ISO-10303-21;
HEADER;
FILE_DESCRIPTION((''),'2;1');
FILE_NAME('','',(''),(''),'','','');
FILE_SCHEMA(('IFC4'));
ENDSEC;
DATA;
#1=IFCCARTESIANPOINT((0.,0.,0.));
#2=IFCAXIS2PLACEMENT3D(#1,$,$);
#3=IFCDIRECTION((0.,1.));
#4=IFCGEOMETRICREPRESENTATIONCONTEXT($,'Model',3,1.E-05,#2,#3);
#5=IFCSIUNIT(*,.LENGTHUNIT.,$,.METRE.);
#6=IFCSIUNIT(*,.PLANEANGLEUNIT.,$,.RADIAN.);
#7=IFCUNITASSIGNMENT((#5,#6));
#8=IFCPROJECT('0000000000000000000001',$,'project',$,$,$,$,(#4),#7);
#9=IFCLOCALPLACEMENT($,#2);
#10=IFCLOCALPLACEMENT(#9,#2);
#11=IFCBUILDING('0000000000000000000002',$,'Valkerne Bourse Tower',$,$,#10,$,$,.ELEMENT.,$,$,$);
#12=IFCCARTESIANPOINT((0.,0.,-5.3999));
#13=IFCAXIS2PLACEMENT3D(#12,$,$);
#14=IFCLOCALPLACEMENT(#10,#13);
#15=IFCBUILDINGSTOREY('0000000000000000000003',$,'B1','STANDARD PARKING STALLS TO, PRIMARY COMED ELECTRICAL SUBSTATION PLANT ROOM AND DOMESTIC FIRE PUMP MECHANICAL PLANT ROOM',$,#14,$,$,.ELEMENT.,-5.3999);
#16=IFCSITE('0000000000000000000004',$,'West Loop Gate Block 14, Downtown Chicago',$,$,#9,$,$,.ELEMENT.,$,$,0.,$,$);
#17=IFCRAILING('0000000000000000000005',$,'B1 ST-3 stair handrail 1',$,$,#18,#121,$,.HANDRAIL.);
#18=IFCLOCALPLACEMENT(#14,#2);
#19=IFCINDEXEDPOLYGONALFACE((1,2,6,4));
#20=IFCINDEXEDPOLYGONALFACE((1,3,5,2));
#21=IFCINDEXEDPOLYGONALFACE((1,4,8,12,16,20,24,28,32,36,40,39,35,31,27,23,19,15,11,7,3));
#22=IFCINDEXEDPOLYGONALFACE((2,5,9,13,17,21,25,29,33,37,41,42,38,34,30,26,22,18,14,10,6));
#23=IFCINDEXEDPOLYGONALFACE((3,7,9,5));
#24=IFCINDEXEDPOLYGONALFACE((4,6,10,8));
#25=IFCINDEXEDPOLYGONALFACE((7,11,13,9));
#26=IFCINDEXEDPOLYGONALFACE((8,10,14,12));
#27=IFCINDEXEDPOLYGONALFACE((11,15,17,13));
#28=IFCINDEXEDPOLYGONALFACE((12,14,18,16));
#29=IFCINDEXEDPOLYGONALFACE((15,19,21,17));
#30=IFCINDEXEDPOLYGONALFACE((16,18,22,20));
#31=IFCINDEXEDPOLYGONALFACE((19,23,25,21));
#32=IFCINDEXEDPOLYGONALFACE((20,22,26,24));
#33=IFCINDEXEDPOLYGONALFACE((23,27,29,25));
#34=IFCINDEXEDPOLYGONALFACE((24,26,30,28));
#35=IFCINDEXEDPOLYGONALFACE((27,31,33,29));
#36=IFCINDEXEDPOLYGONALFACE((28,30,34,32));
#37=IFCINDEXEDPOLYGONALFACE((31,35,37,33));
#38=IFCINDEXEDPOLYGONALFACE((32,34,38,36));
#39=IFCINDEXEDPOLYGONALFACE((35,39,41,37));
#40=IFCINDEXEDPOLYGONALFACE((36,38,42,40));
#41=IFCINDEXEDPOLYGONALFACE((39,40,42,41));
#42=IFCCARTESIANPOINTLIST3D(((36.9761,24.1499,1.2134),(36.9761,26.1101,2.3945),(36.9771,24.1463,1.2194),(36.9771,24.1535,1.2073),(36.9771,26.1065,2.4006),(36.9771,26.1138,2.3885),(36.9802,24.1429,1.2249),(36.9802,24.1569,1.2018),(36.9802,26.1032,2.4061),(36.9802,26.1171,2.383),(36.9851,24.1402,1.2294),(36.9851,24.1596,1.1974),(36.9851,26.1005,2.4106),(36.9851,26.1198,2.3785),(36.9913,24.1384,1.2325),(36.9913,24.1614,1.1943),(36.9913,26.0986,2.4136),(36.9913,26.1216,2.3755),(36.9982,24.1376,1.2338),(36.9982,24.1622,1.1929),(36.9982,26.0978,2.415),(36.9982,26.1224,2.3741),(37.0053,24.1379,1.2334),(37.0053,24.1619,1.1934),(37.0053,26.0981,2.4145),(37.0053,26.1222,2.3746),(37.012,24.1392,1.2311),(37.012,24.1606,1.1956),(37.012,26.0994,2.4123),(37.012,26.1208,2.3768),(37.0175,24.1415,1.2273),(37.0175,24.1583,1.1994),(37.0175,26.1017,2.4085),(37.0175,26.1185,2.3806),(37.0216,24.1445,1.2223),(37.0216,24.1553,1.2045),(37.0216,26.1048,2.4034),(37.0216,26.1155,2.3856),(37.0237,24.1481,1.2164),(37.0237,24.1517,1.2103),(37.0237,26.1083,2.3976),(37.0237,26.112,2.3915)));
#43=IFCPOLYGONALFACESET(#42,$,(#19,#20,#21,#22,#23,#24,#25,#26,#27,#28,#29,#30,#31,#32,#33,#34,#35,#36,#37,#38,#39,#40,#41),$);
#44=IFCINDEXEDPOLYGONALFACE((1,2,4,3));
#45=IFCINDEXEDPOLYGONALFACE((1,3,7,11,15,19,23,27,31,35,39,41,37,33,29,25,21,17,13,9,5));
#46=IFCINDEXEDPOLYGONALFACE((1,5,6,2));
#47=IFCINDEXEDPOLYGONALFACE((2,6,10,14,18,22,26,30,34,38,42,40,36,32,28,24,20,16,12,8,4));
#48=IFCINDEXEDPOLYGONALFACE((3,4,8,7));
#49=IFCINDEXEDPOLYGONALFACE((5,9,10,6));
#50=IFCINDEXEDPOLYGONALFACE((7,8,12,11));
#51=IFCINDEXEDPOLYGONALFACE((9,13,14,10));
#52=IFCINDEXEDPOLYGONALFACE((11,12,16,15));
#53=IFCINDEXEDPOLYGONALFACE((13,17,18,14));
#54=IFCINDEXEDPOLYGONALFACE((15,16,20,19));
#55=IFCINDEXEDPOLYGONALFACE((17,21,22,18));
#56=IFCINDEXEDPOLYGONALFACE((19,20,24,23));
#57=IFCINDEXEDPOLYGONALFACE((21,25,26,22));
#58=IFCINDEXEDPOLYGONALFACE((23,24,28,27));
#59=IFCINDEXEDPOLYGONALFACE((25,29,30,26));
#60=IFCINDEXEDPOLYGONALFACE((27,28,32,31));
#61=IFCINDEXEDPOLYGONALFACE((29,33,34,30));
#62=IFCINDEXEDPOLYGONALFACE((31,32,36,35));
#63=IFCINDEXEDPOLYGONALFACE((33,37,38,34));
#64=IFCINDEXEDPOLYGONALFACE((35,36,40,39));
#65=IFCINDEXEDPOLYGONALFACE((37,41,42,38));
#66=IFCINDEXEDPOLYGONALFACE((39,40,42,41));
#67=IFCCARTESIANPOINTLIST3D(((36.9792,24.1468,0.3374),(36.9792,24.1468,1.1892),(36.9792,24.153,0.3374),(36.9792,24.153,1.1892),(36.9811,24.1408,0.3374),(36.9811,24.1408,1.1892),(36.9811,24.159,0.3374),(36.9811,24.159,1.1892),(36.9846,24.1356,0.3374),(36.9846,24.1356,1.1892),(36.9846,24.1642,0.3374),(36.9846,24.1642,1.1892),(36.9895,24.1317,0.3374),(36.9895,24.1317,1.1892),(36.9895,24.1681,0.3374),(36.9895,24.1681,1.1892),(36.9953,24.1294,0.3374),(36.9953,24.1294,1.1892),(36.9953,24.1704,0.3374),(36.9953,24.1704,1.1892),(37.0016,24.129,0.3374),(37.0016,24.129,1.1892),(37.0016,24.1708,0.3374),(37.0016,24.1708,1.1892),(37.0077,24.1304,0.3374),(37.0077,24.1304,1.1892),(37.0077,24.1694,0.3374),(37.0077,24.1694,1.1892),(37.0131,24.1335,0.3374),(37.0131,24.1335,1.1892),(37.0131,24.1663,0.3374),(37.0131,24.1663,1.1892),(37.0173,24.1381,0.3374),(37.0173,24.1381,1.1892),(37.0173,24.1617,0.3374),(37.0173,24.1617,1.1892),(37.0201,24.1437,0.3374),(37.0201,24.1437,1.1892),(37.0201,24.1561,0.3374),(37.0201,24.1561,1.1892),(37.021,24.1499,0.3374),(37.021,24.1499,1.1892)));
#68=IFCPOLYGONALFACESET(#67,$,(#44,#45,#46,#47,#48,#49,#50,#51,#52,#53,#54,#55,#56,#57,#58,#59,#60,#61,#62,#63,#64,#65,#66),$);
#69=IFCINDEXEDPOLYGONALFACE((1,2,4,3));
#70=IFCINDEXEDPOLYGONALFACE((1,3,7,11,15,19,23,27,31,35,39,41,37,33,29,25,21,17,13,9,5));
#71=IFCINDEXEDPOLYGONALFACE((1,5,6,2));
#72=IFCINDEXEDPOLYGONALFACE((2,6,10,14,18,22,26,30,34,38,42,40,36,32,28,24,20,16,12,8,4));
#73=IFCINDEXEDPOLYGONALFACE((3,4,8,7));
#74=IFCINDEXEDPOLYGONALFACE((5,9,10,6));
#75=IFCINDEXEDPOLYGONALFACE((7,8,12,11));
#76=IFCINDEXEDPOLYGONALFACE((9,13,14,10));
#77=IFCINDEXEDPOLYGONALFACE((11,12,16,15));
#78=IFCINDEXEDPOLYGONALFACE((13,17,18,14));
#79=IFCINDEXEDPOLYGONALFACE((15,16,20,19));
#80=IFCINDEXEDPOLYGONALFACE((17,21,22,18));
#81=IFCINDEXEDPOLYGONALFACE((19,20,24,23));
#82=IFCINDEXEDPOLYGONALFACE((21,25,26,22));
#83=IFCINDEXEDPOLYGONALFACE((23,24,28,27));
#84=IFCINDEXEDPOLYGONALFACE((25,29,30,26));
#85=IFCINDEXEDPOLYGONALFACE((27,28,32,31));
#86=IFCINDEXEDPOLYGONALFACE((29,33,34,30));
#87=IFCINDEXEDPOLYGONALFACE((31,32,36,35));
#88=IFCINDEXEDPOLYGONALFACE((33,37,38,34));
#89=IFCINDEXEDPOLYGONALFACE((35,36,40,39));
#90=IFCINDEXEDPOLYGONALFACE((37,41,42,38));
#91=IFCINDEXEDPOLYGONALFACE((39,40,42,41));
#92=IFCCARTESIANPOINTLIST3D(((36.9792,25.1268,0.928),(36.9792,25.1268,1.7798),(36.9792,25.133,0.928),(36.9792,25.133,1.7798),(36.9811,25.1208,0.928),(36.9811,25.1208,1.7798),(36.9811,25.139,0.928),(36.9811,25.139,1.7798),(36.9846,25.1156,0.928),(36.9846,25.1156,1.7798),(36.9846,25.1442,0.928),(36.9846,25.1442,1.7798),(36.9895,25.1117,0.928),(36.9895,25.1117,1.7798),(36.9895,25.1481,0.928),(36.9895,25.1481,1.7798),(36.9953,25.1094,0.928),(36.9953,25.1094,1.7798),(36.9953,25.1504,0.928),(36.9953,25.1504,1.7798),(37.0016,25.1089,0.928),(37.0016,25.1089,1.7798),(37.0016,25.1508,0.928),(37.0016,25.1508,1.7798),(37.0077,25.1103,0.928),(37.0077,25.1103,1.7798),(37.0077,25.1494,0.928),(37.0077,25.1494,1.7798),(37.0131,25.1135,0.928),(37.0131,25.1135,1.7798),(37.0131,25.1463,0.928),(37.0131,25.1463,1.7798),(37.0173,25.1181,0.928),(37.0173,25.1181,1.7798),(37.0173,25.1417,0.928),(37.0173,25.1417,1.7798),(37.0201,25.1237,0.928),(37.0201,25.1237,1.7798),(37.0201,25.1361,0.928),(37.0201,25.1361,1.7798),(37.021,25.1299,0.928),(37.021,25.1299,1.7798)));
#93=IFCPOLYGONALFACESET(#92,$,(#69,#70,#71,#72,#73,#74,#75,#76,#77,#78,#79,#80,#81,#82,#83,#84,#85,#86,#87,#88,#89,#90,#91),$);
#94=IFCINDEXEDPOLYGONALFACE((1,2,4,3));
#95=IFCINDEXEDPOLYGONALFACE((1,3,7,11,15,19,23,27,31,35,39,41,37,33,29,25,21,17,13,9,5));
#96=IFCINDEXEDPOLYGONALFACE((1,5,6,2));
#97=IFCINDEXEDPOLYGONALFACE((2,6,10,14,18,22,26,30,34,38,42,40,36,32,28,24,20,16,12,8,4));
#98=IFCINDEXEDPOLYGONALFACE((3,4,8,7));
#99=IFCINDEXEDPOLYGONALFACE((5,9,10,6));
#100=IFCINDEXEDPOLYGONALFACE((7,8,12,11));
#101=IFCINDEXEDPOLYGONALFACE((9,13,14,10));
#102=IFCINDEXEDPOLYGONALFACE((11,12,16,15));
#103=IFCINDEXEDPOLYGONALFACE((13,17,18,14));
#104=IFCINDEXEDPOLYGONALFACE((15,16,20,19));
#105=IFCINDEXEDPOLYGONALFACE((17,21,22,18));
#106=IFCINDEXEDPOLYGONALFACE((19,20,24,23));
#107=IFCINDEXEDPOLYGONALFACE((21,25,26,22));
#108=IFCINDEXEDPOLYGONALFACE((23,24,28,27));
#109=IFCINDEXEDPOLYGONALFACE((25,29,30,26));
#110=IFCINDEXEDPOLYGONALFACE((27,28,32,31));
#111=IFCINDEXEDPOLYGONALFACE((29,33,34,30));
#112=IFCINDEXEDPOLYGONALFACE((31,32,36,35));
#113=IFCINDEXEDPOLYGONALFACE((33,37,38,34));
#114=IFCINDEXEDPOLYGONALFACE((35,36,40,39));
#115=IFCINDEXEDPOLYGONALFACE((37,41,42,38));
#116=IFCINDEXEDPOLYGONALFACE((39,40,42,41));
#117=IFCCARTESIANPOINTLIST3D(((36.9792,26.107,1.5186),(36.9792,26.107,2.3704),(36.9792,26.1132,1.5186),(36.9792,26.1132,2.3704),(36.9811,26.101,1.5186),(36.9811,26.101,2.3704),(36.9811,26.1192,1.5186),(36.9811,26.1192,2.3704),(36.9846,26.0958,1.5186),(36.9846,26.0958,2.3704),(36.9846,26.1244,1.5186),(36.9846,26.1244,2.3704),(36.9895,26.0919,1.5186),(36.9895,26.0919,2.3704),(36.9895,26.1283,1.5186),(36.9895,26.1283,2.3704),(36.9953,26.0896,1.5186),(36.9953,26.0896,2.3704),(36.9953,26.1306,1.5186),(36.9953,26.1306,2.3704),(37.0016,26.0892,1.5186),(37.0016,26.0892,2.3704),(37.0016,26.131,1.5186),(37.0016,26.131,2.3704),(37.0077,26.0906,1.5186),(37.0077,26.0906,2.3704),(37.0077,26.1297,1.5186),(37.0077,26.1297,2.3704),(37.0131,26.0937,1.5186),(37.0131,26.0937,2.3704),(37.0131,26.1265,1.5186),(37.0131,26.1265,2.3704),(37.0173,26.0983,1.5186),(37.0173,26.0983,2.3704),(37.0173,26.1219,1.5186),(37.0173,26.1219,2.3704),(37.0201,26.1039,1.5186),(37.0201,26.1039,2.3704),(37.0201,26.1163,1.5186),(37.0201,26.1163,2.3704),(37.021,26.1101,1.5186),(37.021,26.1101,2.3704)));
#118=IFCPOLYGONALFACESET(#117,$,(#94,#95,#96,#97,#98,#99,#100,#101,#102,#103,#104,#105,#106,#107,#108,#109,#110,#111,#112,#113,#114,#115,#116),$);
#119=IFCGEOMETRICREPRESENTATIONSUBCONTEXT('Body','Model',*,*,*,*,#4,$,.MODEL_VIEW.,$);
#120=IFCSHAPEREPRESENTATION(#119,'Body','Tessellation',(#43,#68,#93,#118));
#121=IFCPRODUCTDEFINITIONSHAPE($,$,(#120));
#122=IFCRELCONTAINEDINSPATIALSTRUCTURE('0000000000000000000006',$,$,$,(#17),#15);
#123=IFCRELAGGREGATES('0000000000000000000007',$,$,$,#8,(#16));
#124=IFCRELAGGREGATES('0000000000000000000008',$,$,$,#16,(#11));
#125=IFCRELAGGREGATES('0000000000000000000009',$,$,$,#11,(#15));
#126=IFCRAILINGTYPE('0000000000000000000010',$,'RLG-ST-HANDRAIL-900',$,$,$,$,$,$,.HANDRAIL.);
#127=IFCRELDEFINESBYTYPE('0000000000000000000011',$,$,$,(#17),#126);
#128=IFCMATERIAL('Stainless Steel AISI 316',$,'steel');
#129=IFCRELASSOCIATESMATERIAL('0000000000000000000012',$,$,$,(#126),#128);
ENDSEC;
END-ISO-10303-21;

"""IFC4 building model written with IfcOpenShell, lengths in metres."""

from ifc_helpers import new_model, si_unit, direction, frame, origin, origin_2d, place, context, subcontext, project, spatial, circle, extrude, material, type_object, element, save


model = new_model("IFC4")

# Units and contexts
model_context = context("Model", 3, precision=1e-05, world=origin(), true_north=direction((0.0, 1.0)))
body_context = subcontext(model_context, "Body", "Model", "MODEL_VIEW")
ifc_project = project(units=[si_unit("LENGTHUNIT", "METRE"), si_unit("PLANEANGLEUNIT", "RADIAN")], contexts=[model_context])

# Site, building, storey
site_placement = place(None, origin())
site = spatial("IfcSite", under=ifc_project, at=site_placement, Name="West Loop Gate Block 14, Downtown Chicago", CompositionType="ELEMENT", RefElevation=0.0)
building_placement = place(site_placement, origin())
building = spatial("IfcBuilding", under=site, at=building_placement, Name="Valkerne Bourse Tower", CompositionType="ELEMENT")
storey_placement = place(building_placement, frame((0.0, 0.0, -5.3999)))
storey = spatial("IfcBuildingStorey", under=building, at=storey_placement, Name="B1", Description="STANDARD PARKING STALLS TO, PRIMARY COMED ELECTRICAL SUBSTATION PLANT ROOM AND DOMESTIC FIRE PUMP MECHANICAL PLANT ROOM", CompositionType="ELEMENT", Elevation=-5.3999)

# Shared definitions
ifc_material_1 = material(Name="Stainless Steel AISI 316", Category="steel")

# Railing
railing_type_1 = type_object("IfcRailingType", Name="RLG-ST-HANDRAIL-900", PredefinedType="HANDRAIL", material=ifc_material_1)
railing_1_placement = place(storey_placement, frame((37.0, 24.1499, 0.3374)))
element("IfcRailing", 1, at=railing_1_placement, inside=storey, type_object=railing_type_1, Name="B1 ST-3 stair handrail 1", PredefinedType="HANDRAIL", context=body_context, shape_type="SweptSolid", body=[
    extrude(circle(Radius=0.0239, at=origin_2d()), frame((0.0, 0.0, 0.876), z_axis=(0.0, 0.856522, 0.516111), x_axis=(-1.0, 0.0, 0.0)), (0.0, 0.0, 1.0), 2.2886),
    extrude(circle(Radius=0.021, at=origin_2d()), origin(), (0.0, 0.0, 1.0), 0.8518),
    extrude(circle(Radius=0.021, at=origin_2d()), frame((0.0, 0.98, 0.5906)), (0.0, 0.0, 1.0), 0.8518),
    extrude(circle(Radius=0.021, at=origin_2d()), frame((0.0, 1.9602, 1.1812)), (0.0, 0.0, 1.0), 0.8518),
])

save(model, "model.ifc")
